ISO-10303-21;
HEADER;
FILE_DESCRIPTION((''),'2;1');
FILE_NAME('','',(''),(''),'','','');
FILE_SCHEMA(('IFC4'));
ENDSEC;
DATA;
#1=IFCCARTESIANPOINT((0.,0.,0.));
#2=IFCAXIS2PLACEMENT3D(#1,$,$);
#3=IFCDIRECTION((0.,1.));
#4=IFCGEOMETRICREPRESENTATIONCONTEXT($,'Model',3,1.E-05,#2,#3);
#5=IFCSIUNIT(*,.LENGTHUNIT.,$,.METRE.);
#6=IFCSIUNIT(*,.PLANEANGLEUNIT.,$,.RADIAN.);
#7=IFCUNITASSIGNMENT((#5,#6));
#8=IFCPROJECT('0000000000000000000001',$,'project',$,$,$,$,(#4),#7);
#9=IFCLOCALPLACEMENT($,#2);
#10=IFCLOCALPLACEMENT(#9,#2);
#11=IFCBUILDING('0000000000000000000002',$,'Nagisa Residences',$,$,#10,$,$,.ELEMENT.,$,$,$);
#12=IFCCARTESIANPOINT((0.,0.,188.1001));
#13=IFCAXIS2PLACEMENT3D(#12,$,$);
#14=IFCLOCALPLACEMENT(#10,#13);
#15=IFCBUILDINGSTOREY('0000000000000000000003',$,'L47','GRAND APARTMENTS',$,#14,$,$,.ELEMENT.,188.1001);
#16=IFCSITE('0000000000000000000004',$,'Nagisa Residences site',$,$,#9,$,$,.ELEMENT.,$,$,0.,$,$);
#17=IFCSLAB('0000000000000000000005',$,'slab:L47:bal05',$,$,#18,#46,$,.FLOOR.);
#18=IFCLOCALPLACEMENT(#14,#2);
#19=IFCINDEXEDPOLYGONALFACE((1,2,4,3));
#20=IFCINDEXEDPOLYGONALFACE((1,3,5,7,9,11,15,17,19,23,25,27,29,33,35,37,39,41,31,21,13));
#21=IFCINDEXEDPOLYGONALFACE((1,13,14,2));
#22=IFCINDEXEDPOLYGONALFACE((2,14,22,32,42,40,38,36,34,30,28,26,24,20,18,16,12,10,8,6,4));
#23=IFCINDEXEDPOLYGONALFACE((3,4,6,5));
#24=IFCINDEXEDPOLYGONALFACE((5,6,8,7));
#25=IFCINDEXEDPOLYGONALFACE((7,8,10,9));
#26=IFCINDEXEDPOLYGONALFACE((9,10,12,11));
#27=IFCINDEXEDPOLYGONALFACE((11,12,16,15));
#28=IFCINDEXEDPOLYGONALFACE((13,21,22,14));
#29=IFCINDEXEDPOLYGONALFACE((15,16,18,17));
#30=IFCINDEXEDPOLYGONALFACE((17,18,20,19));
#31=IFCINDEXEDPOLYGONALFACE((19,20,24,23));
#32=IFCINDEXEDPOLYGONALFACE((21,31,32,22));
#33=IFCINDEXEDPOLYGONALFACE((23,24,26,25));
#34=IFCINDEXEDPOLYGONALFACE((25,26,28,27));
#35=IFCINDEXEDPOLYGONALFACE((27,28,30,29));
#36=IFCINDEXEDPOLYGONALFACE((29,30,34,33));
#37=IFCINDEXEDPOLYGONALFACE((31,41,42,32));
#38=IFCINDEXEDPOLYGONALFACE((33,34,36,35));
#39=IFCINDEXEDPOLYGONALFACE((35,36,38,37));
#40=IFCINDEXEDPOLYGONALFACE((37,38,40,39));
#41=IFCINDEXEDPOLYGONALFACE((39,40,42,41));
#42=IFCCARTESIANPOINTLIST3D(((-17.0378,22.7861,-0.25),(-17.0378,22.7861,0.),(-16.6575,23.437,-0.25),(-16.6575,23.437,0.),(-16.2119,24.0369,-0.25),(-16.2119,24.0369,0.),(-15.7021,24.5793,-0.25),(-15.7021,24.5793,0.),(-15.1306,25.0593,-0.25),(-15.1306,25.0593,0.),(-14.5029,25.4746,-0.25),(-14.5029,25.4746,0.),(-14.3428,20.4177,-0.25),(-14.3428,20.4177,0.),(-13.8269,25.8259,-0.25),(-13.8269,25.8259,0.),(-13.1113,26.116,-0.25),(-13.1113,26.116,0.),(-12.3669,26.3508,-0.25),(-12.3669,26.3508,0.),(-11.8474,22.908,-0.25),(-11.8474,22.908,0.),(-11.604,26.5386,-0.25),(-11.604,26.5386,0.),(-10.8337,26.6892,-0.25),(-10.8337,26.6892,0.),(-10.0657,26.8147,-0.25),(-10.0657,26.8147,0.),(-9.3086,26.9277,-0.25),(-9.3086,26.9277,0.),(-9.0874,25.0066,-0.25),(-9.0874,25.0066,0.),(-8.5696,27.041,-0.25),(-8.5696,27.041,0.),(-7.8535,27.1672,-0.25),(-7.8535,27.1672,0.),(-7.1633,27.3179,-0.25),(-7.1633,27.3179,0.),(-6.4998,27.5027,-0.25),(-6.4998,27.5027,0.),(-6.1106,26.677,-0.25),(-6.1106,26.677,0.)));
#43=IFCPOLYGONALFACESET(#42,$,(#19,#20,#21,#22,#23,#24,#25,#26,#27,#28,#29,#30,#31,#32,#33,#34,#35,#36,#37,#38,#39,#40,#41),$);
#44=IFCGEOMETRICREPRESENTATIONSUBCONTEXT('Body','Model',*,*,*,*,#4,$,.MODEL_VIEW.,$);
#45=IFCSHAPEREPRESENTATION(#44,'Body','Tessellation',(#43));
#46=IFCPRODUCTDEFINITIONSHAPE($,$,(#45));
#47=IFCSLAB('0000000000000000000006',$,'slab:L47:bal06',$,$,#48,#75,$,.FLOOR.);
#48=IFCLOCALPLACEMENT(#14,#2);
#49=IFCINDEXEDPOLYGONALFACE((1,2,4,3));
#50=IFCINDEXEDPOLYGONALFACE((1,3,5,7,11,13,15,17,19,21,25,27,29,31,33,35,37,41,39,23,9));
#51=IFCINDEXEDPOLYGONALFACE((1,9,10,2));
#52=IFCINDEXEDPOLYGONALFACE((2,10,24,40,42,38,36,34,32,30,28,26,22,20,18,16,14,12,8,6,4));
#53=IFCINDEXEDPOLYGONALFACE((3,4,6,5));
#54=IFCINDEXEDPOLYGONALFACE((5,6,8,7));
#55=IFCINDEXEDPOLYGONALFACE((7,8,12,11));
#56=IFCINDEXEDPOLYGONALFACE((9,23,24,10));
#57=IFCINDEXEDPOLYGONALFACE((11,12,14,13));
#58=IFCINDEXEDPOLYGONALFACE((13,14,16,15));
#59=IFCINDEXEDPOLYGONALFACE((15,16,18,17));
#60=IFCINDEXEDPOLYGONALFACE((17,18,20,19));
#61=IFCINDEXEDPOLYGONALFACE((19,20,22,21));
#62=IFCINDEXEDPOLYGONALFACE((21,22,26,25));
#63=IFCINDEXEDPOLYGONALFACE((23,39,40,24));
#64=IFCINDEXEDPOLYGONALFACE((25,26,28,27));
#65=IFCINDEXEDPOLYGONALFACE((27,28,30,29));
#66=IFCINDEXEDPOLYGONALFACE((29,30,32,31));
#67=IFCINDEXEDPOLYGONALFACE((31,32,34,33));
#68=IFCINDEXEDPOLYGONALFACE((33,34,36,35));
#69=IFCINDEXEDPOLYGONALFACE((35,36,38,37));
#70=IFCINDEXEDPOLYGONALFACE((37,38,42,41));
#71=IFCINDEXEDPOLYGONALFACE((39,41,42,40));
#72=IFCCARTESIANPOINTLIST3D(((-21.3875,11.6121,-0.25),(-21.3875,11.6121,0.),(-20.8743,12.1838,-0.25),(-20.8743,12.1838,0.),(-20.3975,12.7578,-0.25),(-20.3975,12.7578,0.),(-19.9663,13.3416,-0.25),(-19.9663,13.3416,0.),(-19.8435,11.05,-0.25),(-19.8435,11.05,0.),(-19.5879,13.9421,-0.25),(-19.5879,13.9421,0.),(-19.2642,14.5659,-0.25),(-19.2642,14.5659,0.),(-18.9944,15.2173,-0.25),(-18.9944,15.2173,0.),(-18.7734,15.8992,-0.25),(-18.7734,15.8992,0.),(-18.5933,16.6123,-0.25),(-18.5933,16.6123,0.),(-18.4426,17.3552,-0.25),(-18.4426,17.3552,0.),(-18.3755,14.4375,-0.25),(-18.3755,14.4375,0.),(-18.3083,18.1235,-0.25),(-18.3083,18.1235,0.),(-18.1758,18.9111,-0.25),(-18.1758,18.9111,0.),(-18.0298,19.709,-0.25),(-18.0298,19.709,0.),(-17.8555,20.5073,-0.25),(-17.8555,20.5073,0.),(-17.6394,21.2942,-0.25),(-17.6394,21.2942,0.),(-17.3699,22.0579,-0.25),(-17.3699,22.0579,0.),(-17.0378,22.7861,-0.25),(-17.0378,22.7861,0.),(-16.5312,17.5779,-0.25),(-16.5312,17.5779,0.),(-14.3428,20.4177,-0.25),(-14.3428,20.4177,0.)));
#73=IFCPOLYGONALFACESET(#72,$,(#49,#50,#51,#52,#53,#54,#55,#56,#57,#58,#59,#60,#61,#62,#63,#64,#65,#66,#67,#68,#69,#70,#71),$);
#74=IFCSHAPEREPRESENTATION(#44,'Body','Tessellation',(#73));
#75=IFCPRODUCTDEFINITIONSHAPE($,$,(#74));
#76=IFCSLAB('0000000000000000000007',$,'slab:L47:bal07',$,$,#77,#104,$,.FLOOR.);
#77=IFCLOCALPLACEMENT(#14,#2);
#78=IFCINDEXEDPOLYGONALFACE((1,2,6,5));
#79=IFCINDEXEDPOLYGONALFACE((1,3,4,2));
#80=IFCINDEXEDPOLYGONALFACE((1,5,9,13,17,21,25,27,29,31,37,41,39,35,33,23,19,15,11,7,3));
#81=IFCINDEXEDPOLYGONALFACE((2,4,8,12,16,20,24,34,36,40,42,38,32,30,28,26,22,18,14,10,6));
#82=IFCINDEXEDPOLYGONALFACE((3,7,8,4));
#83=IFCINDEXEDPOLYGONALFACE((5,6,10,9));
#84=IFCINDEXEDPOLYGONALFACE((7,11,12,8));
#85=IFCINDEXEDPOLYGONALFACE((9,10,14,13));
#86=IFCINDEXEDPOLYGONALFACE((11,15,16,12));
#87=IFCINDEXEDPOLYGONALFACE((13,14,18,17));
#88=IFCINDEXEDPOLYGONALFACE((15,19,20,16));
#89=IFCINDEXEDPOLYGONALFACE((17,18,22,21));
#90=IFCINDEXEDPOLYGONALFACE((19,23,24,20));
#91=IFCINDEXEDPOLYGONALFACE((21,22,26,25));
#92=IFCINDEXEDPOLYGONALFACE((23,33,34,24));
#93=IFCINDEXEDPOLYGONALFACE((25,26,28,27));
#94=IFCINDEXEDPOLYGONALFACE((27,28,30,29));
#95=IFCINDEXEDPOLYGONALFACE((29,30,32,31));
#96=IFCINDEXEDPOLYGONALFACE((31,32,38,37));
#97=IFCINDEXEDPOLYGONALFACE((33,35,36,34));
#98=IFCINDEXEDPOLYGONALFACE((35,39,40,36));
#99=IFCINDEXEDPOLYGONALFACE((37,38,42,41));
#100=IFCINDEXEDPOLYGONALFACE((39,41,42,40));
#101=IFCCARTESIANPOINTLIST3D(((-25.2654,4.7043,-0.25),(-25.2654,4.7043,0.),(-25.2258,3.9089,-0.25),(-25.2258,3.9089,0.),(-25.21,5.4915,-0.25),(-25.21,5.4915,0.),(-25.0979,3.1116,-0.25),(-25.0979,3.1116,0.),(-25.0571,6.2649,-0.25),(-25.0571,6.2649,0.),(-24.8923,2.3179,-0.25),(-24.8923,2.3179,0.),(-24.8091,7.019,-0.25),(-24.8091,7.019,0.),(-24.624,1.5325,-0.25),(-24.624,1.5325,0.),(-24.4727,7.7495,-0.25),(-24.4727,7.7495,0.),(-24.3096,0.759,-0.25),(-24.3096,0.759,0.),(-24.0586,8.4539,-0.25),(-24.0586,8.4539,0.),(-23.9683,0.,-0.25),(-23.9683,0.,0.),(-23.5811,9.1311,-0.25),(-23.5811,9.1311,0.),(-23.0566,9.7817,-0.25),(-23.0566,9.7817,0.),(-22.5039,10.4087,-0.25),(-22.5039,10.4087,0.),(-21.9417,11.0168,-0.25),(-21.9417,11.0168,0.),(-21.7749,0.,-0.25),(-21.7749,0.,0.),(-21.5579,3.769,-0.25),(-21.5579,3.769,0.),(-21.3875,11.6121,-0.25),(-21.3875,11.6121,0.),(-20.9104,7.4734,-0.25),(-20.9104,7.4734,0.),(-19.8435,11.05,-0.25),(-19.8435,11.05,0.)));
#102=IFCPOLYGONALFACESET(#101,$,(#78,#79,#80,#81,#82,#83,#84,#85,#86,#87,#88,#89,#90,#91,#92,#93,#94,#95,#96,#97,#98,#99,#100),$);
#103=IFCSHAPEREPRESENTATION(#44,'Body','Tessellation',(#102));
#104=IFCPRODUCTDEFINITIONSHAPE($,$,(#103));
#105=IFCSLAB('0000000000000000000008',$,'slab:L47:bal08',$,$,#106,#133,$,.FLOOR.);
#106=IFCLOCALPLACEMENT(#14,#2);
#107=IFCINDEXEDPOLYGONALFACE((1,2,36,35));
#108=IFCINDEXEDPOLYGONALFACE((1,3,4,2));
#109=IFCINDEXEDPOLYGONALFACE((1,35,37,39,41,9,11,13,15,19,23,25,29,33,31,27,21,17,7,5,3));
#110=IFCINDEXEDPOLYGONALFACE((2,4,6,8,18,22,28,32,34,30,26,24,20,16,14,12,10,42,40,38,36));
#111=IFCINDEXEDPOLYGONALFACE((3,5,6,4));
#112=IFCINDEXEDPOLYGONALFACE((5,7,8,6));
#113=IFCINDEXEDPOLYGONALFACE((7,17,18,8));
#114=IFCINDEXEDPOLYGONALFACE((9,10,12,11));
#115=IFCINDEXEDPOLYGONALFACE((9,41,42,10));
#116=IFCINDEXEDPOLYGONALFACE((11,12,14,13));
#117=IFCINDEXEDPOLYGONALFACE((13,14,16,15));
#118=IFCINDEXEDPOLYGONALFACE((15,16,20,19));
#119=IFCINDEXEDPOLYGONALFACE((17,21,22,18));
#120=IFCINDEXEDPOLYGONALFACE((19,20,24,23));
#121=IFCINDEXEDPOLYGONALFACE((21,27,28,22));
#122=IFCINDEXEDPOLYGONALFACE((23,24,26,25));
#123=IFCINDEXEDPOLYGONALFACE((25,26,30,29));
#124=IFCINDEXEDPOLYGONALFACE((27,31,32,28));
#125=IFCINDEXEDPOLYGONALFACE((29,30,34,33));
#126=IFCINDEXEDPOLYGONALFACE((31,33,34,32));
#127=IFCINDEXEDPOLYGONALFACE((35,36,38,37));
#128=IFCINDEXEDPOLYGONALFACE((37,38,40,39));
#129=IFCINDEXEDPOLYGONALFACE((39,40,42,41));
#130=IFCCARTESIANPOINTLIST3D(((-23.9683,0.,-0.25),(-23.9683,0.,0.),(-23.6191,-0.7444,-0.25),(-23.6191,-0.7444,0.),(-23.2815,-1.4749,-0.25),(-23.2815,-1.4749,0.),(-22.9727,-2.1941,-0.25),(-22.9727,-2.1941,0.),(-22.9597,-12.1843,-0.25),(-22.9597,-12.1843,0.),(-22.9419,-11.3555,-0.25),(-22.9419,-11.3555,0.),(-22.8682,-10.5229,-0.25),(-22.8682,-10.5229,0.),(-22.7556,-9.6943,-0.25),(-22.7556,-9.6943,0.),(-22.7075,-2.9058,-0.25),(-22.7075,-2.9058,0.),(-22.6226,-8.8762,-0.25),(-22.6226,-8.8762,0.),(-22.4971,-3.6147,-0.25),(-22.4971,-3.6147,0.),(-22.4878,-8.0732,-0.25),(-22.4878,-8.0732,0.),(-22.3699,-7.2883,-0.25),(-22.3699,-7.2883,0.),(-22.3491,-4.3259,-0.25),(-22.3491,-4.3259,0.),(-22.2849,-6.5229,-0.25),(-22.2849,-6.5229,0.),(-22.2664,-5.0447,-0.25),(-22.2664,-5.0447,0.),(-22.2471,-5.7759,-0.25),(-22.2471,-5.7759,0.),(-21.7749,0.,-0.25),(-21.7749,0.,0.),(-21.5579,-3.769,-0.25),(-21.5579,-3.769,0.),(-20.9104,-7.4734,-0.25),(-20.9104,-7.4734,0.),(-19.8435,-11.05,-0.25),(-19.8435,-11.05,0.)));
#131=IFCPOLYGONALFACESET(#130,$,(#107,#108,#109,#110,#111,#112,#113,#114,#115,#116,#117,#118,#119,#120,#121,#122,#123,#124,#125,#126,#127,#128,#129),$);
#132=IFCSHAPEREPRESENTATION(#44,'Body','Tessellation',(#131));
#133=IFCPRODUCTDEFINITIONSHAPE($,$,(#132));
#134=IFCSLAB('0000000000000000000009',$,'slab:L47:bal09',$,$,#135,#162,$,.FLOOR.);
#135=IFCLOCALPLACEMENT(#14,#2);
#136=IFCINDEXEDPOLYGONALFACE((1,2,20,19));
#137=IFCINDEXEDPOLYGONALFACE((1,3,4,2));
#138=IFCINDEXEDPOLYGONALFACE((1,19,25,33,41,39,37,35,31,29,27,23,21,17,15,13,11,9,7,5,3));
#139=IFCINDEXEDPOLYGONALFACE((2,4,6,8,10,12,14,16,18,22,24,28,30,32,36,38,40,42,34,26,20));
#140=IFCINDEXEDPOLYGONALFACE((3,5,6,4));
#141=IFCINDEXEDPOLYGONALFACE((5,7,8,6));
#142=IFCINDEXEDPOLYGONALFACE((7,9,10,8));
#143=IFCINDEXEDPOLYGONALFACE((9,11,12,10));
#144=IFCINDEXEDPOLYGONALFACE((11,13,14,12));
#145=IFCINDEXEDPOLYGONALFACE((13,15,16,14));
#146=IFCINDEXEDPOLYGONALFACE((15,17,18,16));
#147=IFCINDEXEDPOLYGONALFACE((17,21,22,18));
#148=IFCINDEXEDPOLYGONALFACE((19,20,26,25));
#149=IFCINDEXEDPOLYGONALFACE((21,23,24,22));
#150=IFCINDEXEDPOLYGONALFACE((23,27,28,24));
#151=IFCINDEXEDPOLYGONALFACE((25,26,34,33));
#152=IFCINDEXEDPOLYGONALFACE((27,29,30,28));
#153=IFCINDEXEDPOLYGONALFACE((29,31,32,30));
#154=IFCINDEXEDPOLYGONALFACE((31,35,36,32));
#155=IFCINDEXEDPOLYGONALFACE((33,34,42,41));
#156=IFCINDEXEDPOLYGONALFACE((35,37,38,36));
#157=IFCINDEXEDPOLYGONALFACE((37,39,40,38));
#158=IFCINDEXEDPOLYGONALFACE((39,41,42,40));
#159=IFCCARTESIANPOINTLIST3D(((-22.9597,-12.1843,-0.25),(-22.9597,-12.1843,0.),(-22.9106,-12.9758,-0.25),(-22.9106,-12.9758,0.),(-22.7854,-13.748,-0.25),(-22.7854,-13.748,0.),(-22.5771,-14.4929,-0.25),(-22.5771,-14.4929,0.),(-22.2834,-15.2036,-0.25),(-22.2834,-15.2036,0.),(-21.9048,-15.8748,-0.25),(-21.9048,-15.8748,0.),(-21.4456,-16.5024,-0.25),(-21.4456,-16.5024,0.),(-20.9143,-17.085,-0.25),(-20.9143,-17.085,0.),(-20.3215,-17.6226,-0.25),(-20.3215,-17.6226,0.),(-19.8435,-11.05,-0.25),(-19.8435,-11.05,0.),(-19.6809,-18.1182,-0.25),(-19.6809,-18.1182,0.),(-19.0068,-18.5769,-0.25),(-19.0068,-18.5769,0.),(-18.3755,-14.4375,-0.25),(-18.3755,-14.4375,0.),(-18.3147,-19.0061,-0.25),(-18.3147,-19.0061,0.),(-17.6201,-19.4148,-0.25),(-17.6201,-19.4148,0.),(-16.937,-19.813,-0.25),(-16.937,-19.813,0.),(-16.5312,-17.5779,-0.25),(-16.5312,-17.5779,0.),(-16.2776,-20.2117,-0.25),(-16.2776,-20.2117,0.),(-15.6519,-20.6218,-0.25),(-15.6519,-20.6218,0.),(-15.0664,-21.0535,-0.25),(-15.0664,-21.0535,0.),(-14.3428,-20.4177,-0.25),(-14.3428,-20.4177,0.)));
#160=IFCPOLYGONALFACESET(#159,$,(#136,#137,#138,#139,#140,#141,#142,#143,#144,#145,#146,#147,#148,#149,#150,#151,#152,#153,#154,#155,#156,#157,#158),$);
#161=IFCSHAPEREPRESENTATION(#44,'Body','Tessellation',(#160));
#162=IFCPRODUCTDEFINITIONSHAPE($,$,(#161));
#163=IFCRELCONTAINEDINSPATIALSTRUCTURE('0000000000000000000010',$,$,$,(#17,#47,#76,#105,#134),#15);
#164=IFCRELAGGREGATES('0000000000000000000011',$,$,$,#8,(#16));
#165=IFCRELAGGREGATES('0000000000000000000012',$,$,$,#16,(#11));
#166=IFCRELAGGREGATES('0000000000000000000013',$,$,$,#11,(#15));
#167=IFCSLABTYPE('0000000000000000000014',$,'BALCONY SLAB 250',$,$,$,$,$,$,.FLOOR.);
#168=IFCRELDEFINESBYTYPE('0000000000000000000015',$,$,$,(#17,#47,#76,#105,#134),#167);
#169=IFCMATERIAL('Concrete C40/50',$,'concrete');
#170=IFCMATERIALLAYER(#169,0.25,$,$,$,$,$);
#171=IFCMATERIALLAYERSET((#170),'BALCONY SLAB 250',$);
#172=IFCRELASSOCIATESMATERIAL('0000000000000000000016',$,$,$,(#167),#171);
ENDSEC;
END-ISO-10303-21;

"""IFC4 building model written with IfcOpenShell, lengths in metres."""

from ifc_helpers import new_model, si_unit, direction, frame, origin, place, context, subcontext, project, spatial, polyline, outline, extrude, material, layer, layer_set, type_object, element, save


model = new_model("IFC4")

# Units and contexts
model_context = context("Model", 3, precision=1e-05, world=origin(), true_north=direction((0.0, 1.0)))
body_context = subcontext(model_context, "Body", "Model", "MODEL_VIEW")
ifc_project = project(units=[si_unit("LENGTHUNIT", "METRE"), si_unit("PLANEANGLEUNIT", "RADIAN")], contexts=[model_context])

# Site, building, storey
site_placement = place(None, origin())
site = spatial("IfcSite", under=ifc_project, at=site_placement, Name="Nagisa Residences site", CompositionType="ELEMENT", RefElevation=0.0)
building_placement = place(site_placement, origin())
building = spatial("IfcBuilding", under=site, at=building_placement, Name="Nagisa Residences", CompositionType="ELEMENT")
storey_placement = place(building_placement, frame((0.0, 0.0, 188.1001)))
storey = spatial("IfcBuildingStorey", under=building, at=storey_placement, Name="L47", Description="GRAND APARTMENTS", CompositionType="ELEMENT", Elevation=188.1001)

# Slabs
ifc_material_1 = material(Name="Concrete C40/50", Category="concrete")
ifc_layer_1 = layer(ifc_material_1, 0.25)
ifc_layer_set_1 = layer_set([ifc_layer_1], Name="BALCONY SLAB 250")
slab_type_1 = type_object("IfcSlabType", Name="BALCONY SLAB 250", PredefinedType="FLOOR", material=ifc_layer_set_1)
slab_1_placement = place(storey_placement, frame((0.0, 0.0, -0.25)))
element("IfcSlab", 1, at=slab_1_placement, inside=storey, type_object=slab_type_1, Name="slab:L47:bal05", PredefinedType="FLOOR", context=body_context, shape_type="SweptSolid", body=[
    extrude(outline(polyline([(-6.4998, 27.5027), (-7.1633, 27.3179), (-7.8535, 27.1672), (-8.5696, 27.041), (-9.3086, 26.9277), (-10.0657, 26.8147), (-10.8337, 26.6892), (-11.604, 26.5386), (-12.3669, 26.3508), (-13.1113, 26.116), (-13.8269, 25.8259), (-14.5029, 25.4746), (-15.1306, 25.0593), (-15.7021, 24.5793), (-16.2119, 24.0369), (-16.6575, 23.437), (-17.0378, 22.7861), (-14.3428, 20.4177), (-11.8474, 22.908), (-9.0874, 25.0066), (-6.1106, 26.677), (-6.4998, 27.5027)])), origin(), (0.0, 0.0, 1.0), 0.25),
])
slab_2_placement = place(storey_placement, frame((0.0, 0.0, -0.25)))
element("IfcSlab", 2, at=slab_2_placement, inside=storey, type_object=slab_type_1, Name="slab:L47:bal06", PredefinedType="FLOOR", context=body_context, shape_type="SweptSolid", body=[
    extrude(outline(polyline([(-17.0378, 22.7861), (-17.3699, 22.0579), (-17.6394, 21.2942), (-17.8555, 20.5073), (-18.0298, 19.709), (-18.1758, 18.9111), (-18.3083, 18.1235), (-18.4426, 17.3552), (-18.5933, 16.6123), (-18.7734, 15.8992), (-18.9944, 15.2173), (-19.2642, 14.5659), (-19.5879, 13.9421), (-19.9663, 13.3416), (-20.3975, 12.7578), (-20.8743, 12.1838), (-21.3875, 11.6121), (-19.8435, 11.05), (-18.3755, 14.4375), (-16.5312, 17.5779), (-14.3428, 20.4177), (-17.0378, 22.7861)])), origin(), (0.0, 0.0, 1.0), 0.25),
])
slab_3_placement = place(storey_placement, frame((0.0, 0.0, -0.25)))
element("IfcSlab", 3, at=slab_3_placement, inside=storey, type_object=slab_type_1, Name="slab:L47:bal07", PredefinedType="FLOOR", context=body_context, shape_type="SweptSolid", body=[
    extrude(outline(polyline([(-21.3875, 11.6121), (-21.9417, 11.0168), (-22.5039, 10.4087), (-23.0566, 9.7817), (-23.5811, 9.1311), (-24.0586, 8.4539), (-24.4727, 7.7495), (-24.8091, 7.019), (-25.0571, 6.2649), (-25.21, 5.4915), (-25.2654, 4.7043), (-25.2258, 3.9089), (-25.0979, 3.1116), (-24.8923, 2.3179), (-24.624, 1.5325), (-24.3096, 0.759), (-23.9683, 0.0), (-21.7749, 0.0), (-21.5579, 3.769), (-20.9104, 7.4734), (-19.8435, 11.05), (-21.3875, 11.6121)])), origin(), (0.0, 0.0, 1.0), 0.25),
])
slab_4_placement = place(storey_placement, frame((0.0, 0.0, -0.25)))
element("IfcSlab", 4, at=slab_4_placement, inside=storey, type_object=slab_type_1, Name="slab:L47:bal08", PredefinedType="FLOOR", context=body_context, shape_type="SweptSolid", body=[
    extrude(outline(polyline([(-23.9683, 0.0), (-23.6191, -0.7444), (-23.2815, -1.4749), (-22.9727, -2.1941), (-22.7075, -2.9058), (-22.4971, -3.6147), (-22.3491, -4.3259), (-22.2664, -5.0447), (-22.2471, -5.7759), (-22.2849, -6.5229), (-22.3699, -7.2883), (-22.4878, -8.0732), (-22.6226, -8.8762), (-22.7556, -9.6943), (-22.8682, -10.5229), (-22.9419, -11.3555), (-22.9597, -12.1843), (-19.8435, -11.05), (-20.9104, -7.4734), (-21.5579, -3.769), (-21.7749, 0.0), (-23.9683, 0.0)])), origin(), (0.0, 0.0, 1.0), 0.25),
])
slab_5_placement = place(storey_placement, frame((0.0, 0.0, -0.25)))
element("IfcSlab", 5, at=slab_5_placement, inside=storey, type_object=slab_type_1, Name="slab:L47:bal09", PredefinedType="FLOOR", context=body_context, shape_type="SweptSolid", body=[
    extrude(outline(polyline([(-22.9597, -12.1843), (-22.9106, -12.9758), (-22.7854, -13.748), (-22.5771, -14.4929), (-22.2834, -15.2036), (-21.9048, -15.8748), (-21.4456, -16.5024), (-20.9143, -17.085), (-20.3215, -17.6226), (-19.6809, -18.1182), (-19.0068, -18.5769), (-18.3147, -19.0061), (-17.6201, -19.4148), (-16.937, -19.813), (-16.2776, -20.2117), (-15.6519, -20.6218), (-15.0664, -21.0535), (-14.3428, -20.4177), (-16.5312, -17.5779), (-18.3755, -14.4375), (-19.8435, -11.05), (-22.9597, -12.1843)])), origin(), (0.0, 0.0, 1.0), 0.25),
])

save(model, "model.ifc")
